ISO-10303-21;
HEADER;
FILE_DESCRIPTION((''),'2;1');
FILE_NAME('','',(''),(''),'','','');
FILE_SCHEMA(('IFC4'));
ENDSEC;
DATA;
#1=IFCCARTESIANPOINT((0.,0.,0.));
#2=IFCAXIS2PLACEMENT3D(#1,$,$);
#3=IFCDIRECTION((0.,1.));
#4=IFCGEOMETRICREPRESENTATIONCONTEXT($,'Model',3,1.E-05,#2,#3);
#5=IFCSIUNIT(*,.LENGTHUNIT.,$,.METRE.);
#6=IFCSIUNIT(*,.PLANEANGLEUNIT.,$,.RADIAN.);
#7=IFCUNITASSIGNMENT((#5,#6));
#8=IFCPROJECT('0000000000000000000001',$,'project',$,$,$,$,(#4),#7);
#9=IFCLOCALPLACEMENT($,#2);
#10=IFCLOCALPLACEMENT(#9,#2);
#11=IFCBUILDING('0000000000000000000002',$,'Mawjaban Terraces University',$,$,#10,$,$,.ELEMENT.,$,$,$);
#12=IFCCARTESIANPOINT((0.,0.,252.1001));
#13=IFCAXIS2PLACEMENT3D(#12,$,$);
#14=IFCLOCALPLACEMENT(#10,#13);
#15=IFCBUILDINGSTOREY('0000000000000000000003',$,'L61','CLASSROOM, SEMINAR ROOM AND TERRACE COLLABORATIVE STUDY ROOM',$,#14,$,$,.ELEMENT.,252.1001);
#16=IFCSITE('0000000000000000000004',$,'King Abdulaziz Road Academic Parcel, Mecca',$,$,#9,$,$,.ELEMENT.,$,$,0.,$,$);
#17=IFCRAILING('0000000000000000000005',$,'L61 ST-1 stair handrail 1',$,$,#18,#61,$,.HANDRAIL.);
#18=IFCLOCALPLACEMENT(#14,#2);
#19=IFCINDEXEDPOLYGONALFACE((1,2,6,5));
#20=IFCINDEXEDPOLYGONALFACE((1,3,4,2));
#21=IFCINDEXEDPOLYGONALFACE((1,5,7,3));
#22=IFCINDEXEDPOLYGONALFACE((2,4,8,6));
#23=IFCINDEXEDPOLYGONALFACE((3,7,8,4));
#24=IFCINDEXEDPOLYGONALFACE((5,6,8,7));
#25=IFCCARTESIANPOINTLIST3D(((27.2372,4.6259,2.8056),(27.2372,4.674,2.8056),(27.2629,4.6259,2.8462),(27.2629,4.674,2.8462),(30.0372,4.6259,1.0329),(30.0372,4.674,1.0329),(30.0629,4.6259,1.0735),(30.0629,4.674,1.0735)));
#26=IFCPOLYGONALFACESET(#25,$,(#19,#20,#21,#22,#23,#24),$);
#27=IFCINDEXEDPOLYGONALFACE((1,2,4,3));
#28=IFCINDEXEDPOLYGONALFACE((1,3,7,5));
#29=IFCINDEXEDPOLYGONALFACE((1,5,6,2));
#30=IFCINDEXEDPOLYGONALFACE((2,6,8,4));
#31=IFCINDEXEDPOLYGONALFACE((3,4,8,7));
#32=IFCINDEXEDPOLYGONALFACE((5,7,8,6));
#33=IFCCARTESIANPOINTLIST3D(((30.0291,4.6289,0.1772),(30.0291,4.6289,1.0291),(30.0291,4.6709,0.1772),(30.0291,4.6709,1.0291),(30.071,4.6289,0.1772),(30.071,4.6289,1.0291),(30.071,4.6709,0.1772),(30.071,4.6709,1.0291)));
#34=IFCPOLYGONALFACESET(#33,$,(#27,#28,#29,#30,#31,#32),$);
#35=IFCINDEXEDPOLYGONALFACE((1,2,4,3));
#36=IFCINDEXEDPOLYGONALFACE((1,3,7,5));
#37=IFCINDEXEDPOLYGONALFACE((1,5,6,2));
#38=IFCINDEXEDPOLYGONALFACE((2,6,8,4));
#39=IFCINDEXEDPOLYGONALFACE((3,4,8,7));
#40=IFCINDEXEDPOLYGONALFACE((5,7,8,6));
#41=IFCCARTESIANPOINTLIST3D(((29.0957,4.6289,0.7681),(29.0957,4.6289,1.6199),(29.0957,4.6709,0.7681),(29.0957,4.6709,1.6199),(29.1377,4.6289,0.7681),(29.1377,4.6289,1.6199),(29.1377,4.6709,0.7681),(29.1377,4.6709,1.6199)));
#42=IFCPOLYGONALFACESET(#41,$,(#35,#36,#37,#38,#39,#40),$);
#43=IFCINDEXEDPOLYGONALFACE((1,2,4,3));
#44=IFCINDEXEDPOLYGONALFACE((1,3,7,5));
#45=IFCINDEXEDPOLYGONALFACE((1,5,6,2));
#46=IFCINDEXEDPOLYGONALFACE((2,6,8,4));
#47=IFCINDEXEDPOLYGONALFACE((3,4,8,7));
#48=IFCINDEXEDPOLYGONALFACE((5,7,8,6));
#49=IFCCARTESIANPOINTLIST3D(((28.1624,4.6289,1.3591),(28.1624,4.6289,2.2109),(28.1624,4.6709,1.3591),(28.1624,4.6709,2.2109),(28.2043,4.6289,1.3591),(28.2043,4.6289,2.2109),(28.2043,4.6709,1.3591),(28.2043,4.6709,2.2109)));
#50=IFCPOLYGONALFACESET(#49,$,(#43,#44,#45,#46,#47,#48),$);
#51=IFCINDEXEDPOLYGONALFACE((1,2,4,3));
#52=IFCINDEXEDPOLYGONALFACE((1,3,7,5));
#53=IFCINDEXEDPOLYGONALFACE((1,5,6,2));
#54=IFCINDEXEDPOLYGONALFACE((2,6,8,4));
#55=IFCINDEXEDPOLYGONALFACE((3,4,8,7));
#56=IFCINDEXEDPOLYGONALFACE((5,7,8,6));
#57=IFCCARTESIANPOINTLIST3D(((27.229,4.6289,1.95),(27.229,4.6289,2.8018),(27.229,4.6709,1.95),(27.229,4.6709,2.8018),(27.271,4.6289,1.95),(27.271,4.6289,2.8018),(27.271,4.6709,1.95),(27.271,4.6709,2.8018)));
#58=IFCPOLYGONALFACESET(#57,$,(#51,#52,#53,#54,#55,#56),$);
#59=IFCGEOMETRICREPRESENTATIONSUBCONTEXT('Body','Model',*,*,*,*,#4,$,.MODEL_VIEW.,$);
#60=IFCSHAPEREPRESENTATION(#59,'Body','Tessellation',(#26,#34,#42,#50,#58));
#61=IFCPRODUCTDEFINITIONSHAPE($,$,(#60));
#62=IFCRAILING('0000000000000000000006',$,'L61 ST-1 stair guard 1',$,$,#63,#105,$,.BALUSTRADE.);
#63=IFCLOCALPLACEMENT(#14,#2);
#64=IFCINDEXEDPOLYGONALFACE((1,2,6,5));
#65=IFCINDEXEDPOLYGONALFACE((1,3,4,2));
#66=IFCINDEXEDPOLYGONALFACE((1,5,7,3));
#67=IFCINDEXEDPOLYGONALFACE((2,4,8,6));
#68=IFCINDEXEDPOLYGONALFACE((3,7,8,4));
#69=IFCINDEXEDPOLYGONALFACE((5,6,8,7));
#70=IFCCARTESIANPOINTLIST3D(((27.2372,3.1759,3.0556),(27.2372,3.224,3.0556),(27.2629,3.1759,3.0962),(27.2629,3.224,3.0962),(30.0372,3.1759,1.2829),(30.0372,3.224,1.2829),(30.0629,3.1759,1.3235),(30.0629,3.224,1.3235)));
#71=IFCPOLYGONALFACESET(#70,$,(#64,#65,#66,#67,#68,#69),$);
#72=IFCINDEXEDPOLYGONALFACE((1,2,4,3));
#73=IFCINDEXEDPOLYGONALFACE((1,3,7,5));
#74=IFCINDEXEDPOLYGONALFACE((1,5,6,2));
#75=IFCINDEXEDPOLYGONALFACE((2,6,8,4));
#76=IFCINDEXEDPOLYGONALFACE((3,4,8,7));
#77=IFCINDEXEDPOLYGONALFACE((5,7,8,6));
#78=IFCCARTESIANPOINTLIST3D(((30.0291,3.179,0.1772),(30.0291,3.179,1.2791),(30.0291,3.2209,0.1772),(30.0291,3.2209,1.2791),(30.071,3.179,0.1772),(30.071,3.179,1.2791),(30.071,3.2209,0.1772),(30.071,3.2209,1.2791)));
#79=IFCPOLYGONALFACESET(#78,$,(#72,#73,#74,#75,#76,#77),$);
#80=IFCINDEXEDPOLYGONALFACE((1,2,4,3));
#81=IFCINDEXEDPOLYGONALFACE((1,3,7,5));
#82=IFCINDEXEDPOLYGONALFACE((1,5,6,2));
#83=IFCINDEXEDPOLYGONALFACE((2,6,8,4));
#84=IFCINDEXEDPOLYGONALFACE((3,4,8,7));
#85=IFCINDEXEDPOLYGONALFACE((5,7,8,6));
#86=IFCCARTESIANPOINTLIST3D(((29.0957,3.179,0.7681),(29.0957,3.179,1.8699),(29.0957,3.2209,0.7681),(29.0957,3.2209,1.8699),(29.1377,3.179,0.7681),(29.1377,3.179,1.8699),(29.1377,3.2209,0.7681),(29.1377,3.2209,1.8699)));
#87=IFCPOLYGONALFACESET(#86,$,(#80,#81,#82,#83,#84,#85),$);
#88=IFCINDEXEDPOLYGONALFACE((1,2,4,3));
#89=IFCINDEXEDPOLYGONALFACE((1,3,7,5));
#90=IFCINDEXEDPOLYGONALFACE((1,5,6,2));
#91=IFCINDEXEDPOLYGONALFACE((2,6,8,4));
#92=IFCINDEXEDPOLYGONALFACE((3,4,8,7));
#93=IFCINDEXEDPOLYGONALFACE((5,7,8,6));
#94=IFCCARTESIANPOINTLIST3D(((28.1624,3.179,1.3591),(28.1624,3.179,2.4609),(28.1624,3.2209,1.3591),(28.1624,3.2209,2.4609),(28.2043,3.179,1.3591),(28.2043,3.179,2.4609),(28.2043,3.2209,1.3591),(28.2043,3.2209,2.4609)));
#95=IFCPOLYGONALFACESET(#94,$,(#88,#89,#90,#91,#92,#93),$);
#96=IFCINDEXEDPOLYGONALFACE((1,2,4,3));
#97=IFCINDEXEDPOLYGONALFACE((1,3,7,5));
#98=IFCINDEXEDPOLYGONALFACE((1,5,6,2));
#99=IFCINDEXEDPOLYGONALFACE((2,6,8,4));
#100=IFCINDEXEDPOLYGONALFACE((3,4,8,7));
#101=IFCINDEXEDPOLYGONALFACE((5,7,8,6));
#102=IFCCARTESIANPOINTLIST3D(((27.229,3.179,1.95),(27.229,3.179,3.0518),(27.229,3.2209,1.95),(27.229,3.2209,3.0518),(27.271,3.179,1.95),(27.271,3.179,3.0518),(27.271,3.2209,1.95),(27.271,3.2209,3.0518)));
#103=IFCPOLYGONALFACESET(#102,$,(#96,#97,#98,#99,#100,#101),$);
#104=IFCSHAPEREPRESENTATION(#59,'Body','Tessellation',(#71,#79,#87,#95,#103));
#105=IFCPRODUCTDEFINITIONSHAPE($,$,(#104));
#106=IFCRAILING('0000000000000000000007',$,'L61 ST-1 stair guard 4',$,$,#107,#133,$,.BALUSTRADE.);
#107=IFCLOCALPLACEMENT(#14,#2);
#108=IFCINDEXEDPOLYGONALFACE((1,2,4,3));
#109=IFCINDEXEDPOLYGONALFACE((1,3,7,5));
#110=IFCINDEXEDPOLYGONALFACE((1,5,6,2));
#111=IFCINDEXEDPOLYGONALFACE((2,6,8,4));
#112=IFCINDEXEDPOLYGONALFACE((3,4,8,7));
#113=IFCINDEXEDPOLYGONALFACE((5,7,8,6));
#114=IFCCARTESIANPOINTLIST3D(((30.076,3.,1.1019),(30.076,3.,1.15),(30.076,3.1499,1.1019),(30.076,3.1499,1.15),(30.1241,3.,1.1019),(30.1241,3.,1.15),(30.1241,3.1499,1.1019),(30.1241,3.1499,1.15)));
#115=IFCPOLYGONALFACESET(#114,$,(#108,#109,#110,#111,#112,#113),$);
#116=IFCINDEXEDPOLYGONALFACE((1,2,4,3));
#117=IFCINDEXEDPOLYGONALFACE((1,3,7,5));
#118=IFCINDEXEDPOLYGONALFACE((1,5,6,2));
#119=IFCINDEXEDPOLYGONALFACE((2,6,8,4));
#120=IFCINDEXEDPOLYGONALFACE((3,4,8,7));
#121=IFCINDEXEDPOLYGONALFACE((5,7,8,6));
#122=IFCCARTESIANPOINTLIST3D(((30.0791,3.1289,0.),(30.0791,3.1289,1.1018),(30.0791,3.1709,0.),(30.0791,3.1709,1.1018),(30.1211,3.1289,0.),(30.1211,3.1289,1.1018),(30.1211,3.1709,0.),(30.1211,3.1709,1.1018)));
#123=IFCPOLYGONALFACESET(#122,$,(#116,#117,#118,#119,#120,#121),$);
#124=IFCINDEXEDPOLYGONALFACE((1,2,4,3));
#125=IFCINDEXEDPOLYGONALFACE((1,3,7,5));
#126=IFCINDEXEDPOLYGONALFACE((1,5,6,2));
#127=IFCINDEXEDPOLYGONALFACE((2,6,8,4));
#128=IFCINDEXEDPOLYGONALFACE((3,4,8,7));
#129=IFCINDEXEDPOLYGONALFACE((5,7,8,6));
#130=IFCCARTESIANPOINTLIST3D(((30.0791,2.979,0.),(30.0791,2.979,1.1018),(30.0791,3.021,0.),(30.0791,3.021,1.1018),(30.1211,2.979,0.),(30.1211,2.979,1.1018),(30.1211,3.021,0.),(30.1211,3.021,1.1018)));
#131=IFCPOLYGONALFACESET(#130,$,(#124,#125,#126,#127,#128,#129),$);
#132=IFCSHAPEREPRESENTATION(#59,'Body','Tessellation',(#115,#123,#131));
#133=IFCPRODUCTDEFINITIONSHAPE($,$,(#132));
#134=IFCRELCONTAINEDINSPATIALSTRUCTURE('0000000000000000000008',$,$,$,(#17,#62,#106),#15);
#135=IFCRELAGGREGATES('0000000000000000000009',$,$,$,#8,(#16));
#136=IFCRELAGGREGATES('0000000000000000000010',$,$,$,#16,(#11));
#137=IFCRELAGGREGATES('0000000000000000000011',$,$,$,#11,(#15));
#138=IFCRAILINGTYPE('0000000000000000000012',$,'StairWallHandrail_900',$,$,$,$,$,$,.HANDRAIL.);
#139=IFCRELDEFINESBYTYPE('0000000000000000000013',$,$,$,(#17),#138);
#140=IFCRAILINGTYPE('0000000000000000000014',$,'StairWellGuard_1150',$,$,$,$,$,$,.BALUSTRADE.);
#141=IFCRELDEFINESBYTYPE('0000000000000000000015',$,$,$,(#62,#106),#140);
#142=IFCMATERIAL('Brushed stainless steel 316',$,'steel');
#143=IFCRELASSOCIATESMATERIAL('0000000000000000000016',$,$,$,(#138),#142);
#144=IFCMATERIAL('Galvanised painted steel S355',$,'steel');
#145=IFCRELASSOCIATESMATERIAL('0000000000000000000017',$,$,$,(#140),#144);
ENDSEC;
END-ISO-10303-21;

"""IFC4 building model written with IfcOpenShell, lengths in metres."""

from ifc_helpers import new_model, si_unit, direction, frame, origin, origin_2d, place, context, subcontext, project, spatial, rectangle, extrude, material, type_object, element, save


model = new_model("IFC4")

# Units and contexts
model_context = context("Model", 3, precision=1e-05, world=origin(), true_north=direction((0.0, 1.0)))
body_context = subcontext(model_context, "Body", "Model", "MODEL_VIEW")
ifc_project = project(units=[si_unit("LENGTHUNIT", "METRE"), si_unit("PLANEANGLEUNIT", "RADIAN")], contexts=[model_context])

# Site, building, storey
site_placement = place(None, origin())
site = spatial("IfcSite", under=ifc_project, at=site_placement, Name="King Abdulaziz Road Academic Parcel, Mecca", CompositionType="ELEMENT", RefElevation=0.0)
building_placement = place(site_placement, origin())
building = spatial("IfcBuilding", under=site, at=building_placement, Name="Mawjaban Terraces University", CompositionType="ELEMENT")
storey_placement = place(building_placement, frame((0.0, 0.0, 252.1001)))
storey = spatial("IfcBuildingStorey", under=building, at=storey_placement, Name="L61", Description="CLASSROOM, SEMINAR ROOM AND TERRACE COLLABORATIVE STUDY ROOM", CompositionType="ELEMENT", Elevation=252.1001)

# Railings
ifc_material_1 = material(Name="Brushed stainless steel 316", Category="steel")
railing_type_1 = type_object("IfcRailingType", Name="StairWallHandrail_900", PredefinedType="HANDRAIL", material=ifc_material_1)
railing_1_placement = place(storey_placement, frame((30.05, 4.6499, 0.1772)))
element("IfcRailing", 1, at=railing_1_placement, inside=storey, type_object=railing_type_1, Name="L61 ST-1 stair handrail 1", PredefinedType="HANDRAIL", context=body_context, shape_type="SweptSolid", body=[
    extrude(rectangle(XDim=0.0481, YDim=0.0481, at=origin_2d()), frame((0.0, 0.0, 0.876), z_axis=(-0.844909, 0.0, 0.53491), x_axis=(0.0, -1.0, 0.0)), (0.0, 0.0, 1.0), 3.314),
    extrude(rectangle(XDim=0.042, YDim=0.042, at=origin_2d()), origin(), (0.0, 0.0, 1.0), 0.8518),
    extrude(rectangle(XDim=0.042, YDim=0.042, at=origin_2d()), frame((-0.9333, 0.0, 0.5908)), (0.0, 0.0, 1.0), 0.8518),
    extrude(rectangle(XDim=0.042, YDim=0.042, at=origin_2d()), frame((-1.8667, 0.0, 1.1819)), (0.0, 0.0, 1.0), 0.8518),
    extrude(rectangle(XDim=0.042, YDim=0.042, at=origin_2d()), frame((-2.8, 0.0, 1.7727)), (0.0, 0.0, 1.0), 0.8518),
])
ifc_material_2 = material(Name="Galvanised painted steel S355", Category="steel")
railing_type_2 = type_object("IfcRailingType", Name="StairWellGuard_1150", PredefinedType="BALUSTRADE", material=ifc_material_2)
railing_2_placement = place(storey_placement, frame((30.05, 3.2, 0.1772)))
element("IfcRailing", 2, at=railing_2_placement, inside=storey, type_object=railing_type_2, Name="L61 ST-1 stair guard 1", PredefinedType="BALUSTRADE", context=body_context, shape_type="SweptSolid", body=[
    extrude(rectangle(XDim=0.0481, YDim=0.0481, at=origin_2d()), frame((0.0, 0.0, 1.126), z_axis=(-0.844909, 0.0, 0.53491), x_axis=(0.0, -1.0, 0.0)), (0.0, 0.0, 1.0), 3.314),
    extrude(rectangle(XDim=0.042, YDim=0.042, at=origin_2d()), origin(), (0.0, 0.0, 1.0), 1.1018),
    extrude(rectangle(XDim=0.042, YDim=0.042, at=origin_2d()), frame((-0.9333, 0.0, 0.5908)), (0.0, 0.0, 1.0), 1.1018),
    extrude(rectangle(XDim=0.042, YDim=0.042, at=origin_2d()), frame((-1.8667, 0.0, 1.1819)), (0.0, 0.0, 1.0), 1.1018),
    extrude(rectangle(XDim=0.042, YDim=0.042, at=origin_2d()), frame((-2.8, 0.0, 1.7727)), (0.0, 0.0, 1.0), 1.1018),
])
railing_3_placement = place(storey_placement, frame((30.1001, 3.1499, 0.0)))
element("IfcRailing", 3, at=railing_3_placement, inside=storey, type_object=railing_type_2, Name="L61 ST-1 stair guard 4", PredefinedType="BALUSTRADE", context=body_context, shape_type="SweptSolid", body=[
    extrude(rectangle(XDim=0.0481, YDim=0.0481, at=origin_2d()), frame((0.0, 0.0, 1.126), z_axis=(0.0, -1.0, 0.0), x_axis=(1.0, 0.0, 0.0)), (0.0, 0.0, 1.0), 0.1499),
    extrude(rectangle(XDim=0.042, YDim=0.042, at=origin_2d()), origin(), (0.0, 0.0, 1.0), 1.1018),
    extrude(rectangle(XDim=0.042, YDim=0.042, at=origin_2d()), frame((0.0, -0.1499, 0.0)), (0.0, 0.0, 1.0), 1.1018),
])

save(model, "model.ifc")
